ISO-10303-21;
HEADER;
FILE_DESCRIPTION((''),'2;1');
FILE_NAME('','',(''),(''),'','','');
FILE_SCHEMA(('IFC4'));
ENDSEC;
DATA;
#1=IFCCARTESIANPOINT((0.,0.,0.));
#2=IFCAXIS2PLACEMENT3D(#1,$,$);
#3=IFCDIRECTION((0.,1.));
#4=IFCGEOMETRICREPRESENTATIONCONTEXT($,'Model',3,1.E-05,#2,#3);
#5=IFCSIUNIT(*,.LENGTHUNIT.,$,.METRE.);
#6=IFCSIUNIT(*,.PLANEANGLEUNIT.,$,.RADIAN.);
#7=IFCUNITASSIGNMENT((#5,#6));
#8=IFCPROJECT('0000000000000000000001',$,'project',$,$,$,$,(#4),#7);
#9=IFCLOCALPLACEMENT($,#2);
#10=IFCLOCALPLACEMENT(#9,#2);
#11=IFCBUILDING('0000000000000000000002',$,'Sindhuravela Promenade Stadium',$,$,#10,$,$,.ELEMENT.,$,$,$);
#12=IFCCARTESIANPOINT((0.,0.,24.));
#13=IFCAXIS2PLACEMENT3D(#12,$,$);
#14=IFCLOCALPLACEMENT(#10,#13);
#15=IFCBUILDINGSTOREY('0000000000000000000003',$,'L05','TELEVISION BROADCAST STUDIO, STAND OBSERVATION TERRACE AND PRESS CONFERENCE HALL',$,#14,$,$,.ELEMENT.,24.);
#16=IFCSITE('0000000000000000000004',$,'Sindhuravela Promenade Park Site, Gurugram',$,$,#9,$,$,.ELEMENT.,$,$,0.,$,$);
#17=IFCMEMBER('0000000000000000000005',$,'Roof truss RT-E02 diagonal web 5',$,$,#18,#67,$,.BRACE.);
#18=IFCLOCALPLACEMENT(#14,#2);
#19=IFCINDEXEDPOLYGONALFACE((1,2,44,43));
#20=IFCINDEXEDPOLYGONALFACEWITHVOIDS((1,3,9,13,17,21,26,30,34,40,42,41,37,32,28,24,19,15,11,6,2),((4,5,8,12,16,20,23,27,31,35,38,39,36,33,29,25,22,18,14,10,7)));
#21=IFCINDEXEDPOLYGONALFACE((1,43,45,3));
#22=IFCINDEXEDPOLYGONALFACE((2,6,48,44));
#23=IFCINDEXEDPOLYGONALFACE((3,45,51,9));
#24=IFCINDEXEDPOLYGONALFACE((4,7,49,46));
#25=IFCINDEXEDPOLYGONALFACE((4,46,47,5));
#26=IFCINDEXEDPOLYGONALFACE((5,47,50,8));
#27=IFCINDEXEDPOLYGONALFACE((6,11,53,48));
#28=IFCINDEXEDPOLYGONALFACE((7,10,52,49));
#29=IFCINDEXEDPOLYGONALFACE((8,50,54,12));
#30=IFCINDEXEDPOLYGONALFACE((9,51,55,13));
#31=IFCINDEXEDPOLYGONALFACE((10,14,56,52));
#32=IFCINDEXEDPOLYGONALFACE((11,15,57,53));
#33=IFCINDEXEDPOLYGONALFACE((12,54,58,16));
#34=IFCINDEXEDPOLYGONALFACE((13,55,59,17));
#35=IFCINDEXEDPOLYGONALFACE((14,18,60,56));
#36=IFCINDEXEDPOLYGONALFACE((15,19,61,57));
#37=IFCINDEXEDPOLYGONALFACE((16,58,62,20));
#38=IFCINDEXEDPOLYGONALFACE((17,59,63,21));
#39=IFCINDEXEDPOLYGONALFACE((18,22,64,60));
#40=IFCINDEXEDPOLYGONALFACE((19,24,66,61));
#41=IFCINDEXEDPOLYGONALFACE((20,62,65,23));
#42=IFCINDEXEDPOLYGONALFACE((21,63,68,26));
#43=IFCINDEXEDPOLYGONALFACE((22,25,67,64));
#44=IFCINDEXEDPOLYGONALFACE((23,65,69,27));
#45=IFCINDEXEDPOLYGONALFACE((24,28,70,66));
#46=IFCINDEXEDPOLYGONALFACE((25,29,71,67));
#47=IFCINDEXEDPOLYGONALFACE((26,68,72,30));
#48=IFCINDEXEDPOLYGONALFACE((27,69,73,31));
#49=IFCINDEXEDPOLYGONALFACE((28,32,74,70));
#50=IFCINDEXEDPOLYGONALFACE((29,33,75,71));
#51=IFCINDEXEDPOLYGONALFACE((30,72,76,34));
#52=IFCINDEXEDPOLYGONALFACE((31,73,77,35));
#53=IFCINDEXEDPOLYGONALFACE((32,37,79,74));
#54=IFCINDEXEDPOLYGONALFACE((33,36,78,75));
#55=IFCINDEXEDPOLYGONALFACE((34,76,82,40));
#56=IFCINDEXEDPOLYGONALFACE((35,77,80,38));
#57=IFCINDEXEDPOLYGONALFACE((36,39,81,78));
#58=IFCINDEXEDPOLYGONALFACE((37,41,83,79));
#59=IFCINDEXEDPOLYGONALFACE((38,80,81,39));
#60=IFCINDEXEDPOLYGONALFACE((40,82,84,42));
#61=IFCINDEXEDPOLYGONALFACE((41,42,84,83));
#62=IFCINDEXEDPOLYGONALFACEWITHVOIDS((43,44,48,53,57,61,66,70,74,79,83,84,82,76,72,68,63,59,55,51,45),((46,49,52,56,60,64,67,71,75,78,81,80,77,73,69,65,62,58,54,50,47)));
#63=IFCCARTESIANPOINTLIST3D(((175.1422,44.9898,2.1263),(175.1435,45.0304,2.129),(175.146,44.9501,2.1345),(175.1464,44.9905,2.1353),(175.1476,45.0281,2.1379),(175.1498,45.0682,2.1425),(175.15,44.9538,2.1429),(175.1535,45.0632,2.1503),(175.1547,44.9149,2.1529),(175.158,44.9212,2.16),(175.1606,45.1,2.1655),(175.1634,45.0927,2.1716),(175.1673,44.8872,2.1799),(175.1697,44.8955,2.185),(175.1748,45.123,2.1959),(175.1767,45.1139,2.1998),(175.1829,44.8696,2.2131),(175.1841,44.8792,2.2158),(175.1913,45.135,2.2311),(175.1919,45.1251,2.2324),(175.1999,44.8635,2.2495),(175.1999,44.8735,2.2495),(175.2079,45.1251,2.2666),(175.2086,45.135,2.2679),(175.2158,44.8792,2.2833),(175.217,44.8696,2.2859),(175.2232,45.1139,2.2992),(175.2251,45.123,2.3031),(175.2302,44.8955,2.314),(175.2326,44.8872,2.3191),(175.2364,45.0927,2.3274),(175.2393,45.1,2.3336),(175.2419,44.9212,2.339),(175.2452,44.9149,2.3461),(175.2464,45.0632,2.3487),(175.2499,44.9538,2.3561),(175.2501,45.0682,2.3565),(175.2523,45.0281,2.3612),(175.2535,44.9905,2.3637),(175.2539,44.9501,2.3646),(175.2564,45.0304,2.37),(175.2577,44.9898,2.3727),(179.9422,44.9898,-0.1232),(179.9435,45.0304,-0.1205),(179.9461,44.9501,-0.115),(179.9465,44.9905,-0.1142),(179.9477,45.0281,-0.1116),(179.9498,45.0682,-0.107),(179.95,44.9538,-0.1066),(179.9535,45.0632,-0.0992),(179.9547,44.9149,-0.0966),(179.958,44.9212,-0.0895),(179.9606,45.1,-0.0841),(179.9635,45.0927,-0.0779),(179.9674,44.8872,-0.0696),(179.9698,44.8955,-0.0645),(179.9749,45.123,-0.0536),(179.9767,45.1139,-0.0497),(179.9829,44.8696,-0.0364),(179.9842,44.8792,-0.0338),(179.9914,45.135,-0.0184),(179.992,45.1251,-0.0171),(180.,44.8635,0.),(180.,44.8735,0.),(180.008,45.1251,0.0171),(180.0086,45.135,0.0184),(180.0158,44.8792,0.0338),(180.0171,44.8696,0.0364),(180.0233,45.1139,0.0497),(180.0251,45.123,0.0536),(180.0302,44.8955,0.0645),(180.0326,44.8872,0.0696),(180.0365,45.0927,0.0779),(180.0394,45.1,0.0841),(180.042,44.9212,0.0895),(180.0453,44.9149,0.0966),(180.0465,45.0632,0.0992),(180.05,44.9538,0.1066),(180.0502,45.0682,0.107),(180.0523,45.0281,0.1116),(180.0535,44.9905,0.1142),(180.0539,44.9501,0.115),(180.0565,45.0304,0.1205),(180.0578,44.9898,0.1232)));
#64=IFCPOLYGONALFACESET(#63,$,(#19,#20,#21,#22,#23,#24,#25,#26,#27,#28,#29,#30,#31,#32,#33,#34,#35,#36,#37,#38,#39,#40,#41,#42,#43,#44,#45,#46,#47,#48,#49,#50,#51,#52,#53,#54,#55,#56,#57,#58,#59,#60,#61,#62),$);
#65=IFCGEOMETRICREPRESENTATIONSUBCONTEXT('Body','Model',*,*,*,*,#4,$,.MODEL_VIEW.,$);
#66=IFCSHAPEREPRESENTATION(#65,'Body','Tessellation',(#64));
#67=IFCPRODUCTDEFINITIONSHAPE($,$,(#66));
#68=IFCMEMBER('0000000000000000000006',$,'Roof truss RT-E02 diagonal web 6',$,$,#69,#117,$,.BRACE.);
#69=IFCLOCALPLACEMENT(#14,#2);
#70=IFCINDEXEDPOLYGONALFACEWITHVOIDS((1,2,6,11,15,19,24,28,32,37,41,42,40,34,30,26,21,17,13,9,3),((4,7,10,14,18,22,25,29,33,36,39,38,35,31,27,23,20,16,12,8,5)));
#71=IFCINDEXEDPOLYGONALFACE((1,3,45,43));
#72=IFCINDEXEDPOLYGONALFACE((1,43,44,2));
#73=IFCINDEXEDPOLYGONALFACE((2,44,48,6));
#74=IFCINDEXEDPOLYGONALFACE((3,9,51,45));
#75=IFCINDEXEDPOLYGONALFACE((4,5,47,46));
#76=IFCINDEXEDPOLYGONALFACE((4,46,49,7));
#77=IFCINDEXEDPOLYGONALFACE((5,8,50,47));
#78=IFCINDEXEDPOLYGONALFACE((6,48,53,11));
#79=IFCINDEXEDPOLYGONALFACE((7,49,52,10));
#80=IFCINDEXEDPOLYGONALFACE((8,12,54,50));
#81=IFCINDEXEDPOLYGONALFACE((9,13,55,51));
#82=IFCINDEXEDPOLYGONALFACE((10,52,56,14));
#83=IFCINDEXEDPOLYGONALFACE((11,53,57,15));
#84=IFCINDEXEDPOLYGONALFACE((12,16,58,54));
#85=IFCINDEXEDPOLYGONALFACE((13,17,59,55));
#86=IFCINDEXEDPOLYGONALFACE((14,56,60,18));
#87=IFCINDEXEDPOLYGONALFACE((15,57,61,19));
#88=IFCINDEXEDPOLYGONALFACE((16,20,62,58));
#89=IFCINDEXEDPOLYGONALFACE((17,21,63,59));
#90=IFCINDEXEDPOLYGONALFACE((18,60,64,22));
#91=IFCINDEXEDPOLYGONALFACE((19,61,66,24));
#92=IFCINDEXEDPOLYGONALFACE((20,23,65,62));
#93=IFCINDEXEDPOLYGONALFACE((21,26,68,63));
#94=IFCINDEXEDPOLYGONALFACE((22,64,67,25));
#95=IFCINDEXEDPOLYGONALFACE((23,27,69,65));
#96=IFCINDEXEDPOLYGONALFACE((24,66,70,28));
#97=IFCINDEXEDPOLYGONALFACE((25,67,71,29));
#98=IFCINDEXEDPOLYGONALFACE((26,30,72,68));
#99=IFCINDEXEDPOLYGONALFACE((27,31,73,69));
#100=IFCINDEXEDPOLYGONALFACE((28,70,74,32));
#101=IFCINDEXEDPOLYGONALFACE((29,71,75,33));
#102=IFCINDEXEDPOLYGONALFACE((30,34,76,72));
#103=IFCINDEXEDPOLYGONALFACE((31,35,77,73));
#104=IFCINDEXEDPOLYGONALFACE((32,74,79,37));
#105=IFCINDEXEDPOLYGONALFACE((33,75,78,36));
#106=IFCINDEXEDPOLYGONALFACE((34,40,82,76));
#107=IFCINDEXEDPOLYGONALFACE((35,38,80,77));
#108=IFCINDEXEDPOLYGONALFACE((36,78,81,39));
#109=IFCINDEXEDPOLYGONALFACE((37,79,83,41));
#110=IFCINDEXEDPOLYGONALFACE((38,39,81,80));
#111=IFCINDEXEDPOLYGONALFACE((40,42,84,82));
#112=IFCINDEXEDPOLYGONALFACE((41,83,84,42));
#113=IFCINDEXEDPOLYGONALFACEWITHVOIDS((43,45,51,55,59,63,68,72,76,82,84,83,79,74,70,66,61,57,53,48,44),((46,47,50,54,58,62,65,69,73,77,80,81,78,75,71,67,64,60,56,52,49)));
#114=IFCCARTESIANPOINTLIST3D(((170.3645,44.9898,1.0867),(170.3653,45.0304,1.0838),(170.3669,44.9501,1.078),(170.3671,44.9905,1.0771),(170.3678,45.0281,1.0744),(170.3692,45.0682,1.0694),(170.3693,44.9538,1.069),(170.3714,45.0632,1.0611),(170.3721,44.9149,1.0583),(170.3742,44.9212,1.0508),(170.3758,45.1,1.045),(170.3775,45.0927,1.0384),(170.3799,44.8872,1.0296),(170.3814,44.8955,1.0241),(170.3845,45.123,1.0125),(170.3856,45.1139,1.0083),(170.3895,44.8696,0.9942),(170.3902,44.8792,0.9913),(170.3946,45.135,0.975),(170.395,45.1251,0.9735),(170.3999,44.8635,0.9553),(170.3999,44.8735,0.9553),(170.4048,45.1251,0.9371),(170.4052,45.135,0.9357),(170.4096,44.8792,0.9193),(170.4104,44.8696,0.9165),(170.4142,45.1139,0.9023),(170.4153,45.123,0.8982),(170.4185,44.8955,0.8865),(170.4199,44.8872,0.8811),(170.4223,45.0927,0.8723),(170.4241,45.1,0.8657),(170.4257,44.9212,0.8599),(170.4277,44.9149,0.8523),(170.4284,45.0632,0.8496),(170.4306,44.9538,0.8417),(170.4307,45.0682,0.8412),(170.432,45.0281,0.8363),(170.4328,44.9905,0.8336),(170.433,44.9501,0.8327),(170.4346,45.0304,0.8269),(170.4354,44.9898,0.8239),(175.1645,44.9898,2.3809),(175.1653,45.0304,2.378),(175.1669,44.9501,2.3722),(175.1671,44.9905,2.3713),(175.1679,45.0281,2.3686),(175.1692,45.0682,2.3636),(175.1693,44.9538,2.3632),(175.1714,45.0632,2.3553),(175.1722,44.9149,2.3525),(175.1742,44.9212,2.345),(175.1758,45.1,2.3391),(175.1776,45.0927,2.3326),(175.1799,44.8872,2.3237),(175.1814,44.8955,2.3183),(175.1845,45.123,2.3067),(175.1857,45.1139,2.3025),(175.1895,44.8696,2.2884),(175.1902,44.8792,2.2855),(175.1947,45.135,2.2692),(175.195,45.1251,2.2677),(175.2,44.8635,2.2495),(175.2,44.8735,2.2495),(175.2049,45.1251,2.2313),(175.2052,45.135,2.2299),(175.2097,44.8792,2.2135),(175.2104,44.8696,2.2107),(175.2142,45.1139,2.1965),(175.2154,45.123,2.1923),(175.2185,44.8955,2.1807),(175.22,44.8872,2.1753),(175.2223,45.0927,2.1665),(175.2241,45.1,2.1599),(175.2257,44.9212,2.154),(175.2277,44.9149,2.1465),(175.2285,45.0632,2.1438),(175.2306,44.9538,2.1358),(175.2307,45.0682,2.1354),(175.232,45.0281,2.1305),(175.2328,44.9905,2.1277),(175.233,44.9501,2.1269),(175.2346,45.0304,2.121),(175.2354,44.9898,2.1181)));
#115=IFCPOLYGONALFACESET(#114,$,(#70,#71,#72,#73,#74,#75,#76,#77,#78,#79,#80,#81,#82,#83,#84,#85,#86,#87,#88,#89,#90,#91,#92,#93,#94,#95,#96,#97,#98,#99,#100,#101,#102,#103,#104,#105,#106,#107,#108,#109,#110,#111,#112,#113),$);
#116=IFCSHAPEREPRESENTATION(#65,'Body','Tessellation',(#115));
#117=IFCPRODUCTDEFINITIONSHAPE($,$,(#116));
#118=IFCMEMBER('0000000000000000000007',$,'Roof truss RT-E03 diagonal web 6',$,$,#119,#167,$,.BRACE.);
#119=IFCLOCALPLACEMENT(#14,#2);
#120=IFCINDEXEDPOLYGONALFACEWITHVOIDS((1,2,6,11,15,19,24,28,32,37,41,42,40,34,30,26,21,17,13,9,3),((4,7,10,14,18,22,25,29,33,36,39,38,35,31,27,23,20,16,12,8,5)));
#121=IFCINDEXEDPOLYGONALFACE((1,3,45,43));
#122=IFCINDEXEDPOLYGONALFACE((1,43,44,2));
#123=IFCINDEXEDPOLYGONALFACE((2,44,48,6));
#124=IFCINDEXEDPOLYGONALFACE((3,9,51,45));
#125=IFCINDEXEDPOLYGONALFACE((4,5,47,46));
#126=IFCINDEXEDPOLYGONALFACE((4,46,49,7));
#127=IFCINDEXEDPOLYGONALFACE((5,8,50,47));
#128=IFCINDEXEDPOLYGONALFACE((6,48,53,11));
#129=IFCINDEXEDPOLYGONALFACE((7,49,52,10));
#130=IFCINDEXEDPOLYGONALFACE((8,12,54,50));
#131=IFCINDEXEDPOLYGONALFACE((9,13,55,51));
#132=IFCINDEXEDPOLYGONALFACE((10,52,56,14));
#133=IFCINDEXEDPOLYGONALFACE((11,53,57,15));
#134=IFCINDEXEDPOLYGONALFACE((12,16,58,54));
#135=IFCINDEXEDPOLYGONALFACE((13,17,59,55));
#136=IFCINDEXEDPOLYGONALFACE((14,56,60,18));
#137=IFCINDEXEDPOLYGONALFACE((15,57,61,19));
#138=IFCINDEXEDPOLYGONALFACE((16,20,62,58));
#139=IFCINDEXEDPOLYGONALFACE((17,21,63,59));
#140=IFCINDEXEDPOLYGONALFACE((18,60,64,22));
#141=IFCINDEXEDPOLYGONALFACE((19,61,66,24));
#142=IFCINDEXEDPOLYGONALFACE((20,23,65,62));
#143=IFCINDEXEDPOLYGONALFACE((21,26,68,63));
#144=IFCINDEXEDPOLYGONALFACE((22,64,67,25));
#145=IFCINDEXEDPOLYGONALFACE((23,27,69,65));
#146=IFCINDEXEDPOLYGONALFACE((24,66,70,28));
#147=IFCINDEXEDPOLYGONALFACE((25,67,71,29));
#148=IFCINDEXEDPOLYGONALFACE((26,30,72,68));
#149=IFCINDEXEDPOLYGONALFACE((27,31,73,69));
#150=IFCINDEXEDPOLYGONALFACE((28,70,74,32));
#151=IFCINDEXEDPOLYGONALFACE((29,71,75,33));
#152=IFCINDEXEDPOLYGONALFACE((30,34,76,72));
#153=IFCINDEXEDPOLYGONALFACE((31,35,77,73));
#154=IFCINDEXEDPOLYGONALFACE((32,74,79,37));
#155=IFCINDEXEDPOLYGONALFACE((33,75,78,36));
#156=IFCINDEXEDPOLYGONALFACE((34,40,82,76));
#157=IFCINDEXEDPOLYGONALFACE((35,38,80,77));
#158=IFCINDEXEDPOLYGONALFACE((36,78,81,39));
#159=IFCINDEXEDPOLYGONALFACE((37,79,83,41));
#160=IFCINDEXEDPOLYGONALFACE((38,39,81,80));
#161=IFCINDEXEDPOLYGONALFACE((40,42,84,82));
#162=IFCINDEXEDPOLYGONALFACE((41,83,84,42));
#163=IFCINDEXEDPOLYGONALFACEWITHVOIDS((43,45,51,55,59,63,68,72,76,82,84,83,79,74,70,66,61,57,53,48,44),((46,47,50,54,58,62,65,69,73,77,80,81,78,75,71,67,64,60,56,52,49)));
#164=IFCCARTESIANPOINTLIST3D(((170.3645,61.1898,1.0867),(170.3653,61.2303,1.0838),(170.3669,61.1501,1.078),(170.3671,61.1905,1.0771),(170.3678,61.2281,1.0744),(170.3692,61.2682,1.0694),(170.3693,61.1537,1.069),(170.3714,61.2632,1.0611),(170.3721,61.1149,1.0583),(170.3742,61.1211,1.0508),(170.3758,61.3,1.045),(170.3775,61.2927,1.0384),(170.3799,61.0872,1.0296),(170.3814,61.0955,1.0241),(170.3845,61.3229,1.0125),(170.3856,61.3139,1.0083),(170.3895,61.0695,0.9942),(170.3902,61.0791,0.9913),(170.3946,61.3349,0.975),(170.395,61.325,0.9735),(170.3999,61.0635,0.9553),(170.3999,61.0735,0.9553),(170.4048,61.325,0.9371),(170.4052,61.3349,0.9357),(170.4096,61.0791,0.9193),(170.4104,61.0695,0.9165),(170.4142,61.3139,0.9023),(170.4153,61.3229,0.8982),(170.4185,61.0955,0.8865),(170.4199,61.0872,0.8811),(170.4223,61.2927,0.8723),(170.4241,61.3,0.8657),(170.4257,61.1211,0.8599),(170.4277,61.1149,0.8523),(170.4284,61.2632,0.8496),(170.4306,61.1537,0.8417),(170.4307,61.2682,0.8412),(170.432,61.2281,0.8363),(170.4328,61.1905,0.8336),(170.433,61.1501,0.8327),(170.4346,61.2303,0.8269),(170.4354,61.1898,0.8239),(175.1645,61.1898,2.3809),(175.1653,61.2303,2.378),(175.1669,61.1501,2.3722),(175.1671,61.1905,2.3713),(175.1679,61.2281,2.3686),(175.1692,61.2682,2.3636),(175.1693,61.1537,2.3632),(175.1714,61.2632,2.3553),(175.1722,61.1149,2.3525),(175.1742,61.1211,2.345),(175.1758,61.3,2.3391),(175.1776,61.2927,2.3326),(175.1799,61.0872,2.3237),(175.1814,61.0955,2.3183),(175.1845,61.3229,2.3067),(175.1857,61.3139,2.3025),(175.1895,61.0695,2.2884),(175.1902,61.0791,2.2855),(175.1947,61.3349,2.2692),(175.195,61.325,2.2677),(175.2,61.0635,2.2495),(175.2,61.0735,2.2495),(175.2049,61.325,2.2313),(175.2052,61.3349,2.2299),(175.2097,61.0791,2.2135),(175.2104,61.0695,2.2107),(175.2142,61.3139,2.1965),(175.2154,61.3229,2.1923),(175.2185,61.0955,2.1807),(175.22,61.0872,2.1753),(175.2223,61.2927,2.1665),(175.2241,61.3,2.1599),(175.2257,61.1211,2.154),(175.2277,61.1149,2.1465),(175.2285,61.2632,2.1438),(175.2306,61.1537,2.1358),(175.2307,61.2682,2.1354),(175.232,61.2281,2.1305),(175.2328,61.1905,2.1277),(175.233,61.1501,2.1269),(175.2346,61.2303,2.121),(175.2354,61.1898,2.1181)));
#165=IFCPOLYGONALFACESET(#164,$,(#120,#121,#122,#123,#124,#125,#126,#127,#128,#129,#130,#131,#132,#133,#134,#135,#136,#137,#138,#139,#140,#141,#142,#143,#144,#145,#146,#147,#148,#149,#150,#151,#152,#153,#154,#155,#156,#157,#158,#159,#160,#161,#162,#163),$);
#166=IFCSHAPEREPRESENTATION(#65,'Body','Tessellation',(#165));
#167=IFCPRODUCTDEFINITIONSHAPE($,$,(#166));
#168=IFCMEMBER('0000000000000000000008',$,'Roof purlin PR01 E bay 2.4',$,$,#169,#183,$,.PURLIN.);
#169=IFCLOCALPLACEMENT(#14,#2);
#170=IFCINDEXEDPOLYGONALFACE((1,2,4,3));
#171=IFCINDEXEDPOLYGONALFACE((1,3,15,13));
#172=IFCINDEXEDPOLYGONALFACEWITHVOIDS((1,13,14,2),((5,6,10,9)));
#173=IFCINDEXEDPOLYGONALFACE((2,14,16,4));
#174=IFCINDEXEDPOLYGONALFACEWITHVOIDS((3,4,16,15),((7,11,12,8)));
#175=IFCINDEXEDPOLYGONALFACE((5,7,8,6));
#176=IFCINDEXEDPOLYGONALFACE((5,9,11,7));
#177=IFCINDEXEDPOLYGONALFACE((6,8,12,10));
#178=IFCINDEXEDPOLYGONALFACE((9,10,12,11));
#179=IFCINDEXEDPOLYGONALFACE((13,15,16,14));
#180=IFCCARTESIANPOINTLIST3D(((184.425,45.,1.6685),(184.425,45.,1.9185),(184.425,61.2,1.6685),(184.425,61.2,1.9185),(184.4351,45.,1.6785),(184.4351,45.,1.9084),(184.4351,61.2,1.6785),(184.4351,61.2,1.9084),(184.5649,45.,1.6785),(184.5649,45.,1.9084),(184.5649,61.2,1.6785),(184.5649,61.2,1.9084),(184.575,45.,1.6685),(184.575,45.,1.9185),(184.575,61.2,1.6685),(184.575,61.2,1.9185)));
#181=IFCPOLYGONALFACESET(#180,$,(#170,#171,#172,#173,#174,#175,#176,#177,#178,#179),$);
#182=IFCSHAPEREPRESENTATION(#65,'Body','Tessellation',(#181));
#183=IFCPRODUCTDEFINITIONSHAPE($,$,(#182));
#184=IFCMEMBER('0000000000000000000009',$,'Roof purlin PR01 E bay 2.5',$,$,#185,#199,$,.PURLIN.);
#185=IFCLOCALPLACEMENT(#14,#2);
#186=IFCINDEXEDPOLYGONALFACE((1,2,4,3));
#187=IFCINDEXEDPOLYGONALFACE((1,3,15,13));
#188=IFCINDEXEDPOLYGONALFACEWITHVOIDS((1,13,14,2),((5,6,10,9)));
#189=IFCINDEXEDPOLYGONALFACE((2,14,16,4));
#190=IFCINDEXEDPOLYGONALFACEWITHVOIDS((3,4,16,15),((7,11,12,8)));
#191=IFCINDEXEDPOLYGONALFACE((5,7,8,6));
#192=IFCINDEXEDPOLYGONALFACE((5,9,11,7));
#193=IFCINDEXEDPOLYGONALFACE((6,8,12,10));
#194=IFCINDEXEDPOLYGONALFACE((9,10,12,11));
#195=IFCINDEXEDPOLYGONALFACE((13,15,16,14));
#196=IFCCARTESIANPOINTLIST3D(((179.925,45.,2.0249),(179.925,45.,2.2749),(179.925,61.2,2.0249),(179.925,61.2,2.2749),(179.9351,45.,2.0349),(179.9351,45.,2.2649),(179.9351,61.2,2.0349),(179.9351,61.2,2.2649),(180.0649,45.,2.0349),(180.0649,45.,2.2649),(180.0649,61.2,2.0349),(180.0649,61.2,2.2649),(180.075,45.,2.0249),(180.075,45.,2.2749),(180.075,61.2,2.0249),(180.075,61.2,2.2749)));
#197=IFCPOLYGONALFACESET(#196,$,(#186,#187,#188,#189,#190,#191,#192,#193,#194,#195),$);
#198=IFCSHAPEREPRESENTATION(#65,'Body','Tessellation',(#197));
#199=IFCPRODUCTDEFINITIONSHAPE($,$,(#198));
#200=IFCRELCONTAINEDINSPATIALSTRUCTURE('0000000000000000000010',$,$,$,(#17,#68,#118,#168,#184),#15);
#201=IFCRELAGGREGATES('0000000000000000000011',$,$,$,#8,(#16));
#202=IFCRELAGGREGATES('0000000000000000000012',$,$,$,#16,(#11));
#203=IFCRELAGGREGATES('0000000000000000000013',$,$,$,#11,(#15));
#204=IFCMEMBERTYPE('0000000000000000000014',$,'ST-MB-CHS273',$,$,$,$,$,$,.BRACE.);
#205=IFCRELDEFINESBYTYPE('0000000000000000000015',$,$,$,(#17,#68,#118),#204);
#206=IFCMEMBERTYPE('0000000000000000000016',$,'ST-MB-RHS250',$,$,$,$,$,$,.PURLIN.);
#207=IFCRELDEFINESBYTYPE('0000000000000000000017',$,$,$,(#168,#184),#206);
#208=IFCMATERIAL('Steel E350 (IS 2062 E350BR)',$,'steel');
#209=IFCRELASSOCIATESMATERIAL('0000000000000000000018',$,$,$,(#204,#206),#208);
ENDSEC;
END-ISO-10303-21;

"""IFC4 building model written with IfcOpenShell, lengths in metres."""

from ifc_helpers import new_model, si_unit, direction, frame, origin, origin_2d, place, context, subcontext, project, spatial, hollow_rectangle, hollow_circle, extrude, material, material_profile, profile_set, type_object, element, save


model = new_model("IFC4")

# Units and contexts
model_context = context("Model", 3, precision=1e-05, world=origin(), true_north=direction((0.0, 1.0)))
body_context = subcontext(model_context, "Body", "Model", "MODEL_VIEW")
ifc_project = project(units=[si_unit("LENGTHUNIT", "METRE"), si_unit("PLANEANGLEUNIT", "RADIAN")], contexts=[model_context])

# Site, building, storey
site_placement = place(None, origin())
site = spatial("IfcSite", under=ifc_project, at=site_placement, Name="Sindhuravela Promenade Park Site, Gurugram", CompositionType="ELEMENT", RefElevation=0.0)
building_placement = place(site_placement, origin())
building = spatial("IfcBuilding", under=site, at=building_placement, Name="Sindhuravela Promenade Stadium", CompositionType="ELEMENT")
storey_placement = place(building_placement, frame((0.0, 0.0, 24.0)))
storey = spatial("IfcBuildingStorey", under=building, at=storey_placement, Name="L05", Description="TELEVISION BROADCAST STUDIO, STAND OBSERVATION TERRACE AND PRESS CONFERENCE HALL", CompositionType="ELEMENT", Elevation=24.0)

# Shared definitions
ifc_material_1 = material(Name="Steel E350 (IS 2062 E350BR)", Category="steel")

# Members
ifc_material_profile_1 = material_profile(ifc_material_1, hollow_circle(Radius=0.1365, WallThickness=0.01, at=origin_2d()), Name="CHS 273.0x10")
ifc_profile_set_1 = profile_set([ifc_material_profile_1], Name="Steel E350 (IS 2062 E350BR)")
member_type_1 = type_object("IfcMemberType", Name="ST-MB-CHS273", PredefinedType="BRACE", material=ifc_profile_set_1)
member_1_placement = place(storey_placement, frame((180.0, 45.0, 0.0), z_axis=(-0.905496, 0.0, 0.424355), x_axis=(0.0, -1.0, 0.0)))
element("IfcMember", 1, at=member_1_placement, inside=storey, type_object=member_type_1, Name="Roof truss RT-E02 diagonal web 5", PredefinedType="BRACE", context=body_context, shape_type="SweptSolid", body=[
    extrude(hollow_circle(Radius=0.1365, WallThickness=0.01, at=origin_2d()), origin(), (0.0, 0.0, 1.0), 5.301),
])
for number, where, z_axis, x_axis, name in (
    (2, (175.2, 45.0, 2.2495), (-0.965521, 0.0, -0.260324), (0.0, -1.0, 0.0), "Roof truss RT-E02 diagonal web 6"),
    (3, (175.2, 61.2, 2.2495), (-0.965521, 0.0, -0.260324), (0.0, -1.0, 0.0), "Roof truss RT-E03 diagonal web 6"),
):
    element("IfcMember", number, at=place(storey_placement, frame(where, z_axis=z_axis, x_axis=x_axis)), inside=storey, type_object=member_type_1, Name=name, PredefinedType="BRACE", context=body_context, shape_type="SweptSolid", body=[
        extrude(hollow_circle(Radius=0.1365, WallThickness=0.01, at=origin_2d()), origin(), (0.0, 0.0, 1.0), 4.9714),
    ])
ifc_material_profile_2 = material_profile(ifc_material_1, hollow_rectangle(XDim=0.1499, YDim=0.25, WallThickness=0.01, at=origin_2d()), Name="RHS 250x150x10")
ifc_profile_set_2 = profile_set([ifc_material_profile_2], Name="Steel E350 (IS 2062 E350BR)")
member_type_2 = type_object("IfcMemberType", Name="ST-MB-RHS250", PredefinedType="PURLIN", material=ifc_profile_set_2)
for number, where, z_axis, x_axis, name in (
    (4, (184.5, 45.0, 1.7935), (0.0, 1.0, 0.0), (-1.0, 0.0, 0.0), "Roof purlin PR01 E bay 2.4"),
    (5, (180.0, 45.0, 2.1499), (0.0, 1.0, 0.0), (-1.0, 0.0, 0.0), "Roof purlin PR01 E bay 2.5"),
):
    element("IfcMember", number, at=place(storey_placement, frame(where, z_axis=z_axis, x_axis=x_axis)), inside=storey, type_object=member_type_2, Name=name, PredefinedType="PURLIN", context=body_context, shape_type="SweptSolid", body=[
        extrude(hollow_rectangle(XDim=0.1499, YDim=0.25, WallThickness=0.01, at=origin_2d()), origin(), (0.0, 0.0, 1.0), 16.2),
    ])

save(model, "model.ifc")
